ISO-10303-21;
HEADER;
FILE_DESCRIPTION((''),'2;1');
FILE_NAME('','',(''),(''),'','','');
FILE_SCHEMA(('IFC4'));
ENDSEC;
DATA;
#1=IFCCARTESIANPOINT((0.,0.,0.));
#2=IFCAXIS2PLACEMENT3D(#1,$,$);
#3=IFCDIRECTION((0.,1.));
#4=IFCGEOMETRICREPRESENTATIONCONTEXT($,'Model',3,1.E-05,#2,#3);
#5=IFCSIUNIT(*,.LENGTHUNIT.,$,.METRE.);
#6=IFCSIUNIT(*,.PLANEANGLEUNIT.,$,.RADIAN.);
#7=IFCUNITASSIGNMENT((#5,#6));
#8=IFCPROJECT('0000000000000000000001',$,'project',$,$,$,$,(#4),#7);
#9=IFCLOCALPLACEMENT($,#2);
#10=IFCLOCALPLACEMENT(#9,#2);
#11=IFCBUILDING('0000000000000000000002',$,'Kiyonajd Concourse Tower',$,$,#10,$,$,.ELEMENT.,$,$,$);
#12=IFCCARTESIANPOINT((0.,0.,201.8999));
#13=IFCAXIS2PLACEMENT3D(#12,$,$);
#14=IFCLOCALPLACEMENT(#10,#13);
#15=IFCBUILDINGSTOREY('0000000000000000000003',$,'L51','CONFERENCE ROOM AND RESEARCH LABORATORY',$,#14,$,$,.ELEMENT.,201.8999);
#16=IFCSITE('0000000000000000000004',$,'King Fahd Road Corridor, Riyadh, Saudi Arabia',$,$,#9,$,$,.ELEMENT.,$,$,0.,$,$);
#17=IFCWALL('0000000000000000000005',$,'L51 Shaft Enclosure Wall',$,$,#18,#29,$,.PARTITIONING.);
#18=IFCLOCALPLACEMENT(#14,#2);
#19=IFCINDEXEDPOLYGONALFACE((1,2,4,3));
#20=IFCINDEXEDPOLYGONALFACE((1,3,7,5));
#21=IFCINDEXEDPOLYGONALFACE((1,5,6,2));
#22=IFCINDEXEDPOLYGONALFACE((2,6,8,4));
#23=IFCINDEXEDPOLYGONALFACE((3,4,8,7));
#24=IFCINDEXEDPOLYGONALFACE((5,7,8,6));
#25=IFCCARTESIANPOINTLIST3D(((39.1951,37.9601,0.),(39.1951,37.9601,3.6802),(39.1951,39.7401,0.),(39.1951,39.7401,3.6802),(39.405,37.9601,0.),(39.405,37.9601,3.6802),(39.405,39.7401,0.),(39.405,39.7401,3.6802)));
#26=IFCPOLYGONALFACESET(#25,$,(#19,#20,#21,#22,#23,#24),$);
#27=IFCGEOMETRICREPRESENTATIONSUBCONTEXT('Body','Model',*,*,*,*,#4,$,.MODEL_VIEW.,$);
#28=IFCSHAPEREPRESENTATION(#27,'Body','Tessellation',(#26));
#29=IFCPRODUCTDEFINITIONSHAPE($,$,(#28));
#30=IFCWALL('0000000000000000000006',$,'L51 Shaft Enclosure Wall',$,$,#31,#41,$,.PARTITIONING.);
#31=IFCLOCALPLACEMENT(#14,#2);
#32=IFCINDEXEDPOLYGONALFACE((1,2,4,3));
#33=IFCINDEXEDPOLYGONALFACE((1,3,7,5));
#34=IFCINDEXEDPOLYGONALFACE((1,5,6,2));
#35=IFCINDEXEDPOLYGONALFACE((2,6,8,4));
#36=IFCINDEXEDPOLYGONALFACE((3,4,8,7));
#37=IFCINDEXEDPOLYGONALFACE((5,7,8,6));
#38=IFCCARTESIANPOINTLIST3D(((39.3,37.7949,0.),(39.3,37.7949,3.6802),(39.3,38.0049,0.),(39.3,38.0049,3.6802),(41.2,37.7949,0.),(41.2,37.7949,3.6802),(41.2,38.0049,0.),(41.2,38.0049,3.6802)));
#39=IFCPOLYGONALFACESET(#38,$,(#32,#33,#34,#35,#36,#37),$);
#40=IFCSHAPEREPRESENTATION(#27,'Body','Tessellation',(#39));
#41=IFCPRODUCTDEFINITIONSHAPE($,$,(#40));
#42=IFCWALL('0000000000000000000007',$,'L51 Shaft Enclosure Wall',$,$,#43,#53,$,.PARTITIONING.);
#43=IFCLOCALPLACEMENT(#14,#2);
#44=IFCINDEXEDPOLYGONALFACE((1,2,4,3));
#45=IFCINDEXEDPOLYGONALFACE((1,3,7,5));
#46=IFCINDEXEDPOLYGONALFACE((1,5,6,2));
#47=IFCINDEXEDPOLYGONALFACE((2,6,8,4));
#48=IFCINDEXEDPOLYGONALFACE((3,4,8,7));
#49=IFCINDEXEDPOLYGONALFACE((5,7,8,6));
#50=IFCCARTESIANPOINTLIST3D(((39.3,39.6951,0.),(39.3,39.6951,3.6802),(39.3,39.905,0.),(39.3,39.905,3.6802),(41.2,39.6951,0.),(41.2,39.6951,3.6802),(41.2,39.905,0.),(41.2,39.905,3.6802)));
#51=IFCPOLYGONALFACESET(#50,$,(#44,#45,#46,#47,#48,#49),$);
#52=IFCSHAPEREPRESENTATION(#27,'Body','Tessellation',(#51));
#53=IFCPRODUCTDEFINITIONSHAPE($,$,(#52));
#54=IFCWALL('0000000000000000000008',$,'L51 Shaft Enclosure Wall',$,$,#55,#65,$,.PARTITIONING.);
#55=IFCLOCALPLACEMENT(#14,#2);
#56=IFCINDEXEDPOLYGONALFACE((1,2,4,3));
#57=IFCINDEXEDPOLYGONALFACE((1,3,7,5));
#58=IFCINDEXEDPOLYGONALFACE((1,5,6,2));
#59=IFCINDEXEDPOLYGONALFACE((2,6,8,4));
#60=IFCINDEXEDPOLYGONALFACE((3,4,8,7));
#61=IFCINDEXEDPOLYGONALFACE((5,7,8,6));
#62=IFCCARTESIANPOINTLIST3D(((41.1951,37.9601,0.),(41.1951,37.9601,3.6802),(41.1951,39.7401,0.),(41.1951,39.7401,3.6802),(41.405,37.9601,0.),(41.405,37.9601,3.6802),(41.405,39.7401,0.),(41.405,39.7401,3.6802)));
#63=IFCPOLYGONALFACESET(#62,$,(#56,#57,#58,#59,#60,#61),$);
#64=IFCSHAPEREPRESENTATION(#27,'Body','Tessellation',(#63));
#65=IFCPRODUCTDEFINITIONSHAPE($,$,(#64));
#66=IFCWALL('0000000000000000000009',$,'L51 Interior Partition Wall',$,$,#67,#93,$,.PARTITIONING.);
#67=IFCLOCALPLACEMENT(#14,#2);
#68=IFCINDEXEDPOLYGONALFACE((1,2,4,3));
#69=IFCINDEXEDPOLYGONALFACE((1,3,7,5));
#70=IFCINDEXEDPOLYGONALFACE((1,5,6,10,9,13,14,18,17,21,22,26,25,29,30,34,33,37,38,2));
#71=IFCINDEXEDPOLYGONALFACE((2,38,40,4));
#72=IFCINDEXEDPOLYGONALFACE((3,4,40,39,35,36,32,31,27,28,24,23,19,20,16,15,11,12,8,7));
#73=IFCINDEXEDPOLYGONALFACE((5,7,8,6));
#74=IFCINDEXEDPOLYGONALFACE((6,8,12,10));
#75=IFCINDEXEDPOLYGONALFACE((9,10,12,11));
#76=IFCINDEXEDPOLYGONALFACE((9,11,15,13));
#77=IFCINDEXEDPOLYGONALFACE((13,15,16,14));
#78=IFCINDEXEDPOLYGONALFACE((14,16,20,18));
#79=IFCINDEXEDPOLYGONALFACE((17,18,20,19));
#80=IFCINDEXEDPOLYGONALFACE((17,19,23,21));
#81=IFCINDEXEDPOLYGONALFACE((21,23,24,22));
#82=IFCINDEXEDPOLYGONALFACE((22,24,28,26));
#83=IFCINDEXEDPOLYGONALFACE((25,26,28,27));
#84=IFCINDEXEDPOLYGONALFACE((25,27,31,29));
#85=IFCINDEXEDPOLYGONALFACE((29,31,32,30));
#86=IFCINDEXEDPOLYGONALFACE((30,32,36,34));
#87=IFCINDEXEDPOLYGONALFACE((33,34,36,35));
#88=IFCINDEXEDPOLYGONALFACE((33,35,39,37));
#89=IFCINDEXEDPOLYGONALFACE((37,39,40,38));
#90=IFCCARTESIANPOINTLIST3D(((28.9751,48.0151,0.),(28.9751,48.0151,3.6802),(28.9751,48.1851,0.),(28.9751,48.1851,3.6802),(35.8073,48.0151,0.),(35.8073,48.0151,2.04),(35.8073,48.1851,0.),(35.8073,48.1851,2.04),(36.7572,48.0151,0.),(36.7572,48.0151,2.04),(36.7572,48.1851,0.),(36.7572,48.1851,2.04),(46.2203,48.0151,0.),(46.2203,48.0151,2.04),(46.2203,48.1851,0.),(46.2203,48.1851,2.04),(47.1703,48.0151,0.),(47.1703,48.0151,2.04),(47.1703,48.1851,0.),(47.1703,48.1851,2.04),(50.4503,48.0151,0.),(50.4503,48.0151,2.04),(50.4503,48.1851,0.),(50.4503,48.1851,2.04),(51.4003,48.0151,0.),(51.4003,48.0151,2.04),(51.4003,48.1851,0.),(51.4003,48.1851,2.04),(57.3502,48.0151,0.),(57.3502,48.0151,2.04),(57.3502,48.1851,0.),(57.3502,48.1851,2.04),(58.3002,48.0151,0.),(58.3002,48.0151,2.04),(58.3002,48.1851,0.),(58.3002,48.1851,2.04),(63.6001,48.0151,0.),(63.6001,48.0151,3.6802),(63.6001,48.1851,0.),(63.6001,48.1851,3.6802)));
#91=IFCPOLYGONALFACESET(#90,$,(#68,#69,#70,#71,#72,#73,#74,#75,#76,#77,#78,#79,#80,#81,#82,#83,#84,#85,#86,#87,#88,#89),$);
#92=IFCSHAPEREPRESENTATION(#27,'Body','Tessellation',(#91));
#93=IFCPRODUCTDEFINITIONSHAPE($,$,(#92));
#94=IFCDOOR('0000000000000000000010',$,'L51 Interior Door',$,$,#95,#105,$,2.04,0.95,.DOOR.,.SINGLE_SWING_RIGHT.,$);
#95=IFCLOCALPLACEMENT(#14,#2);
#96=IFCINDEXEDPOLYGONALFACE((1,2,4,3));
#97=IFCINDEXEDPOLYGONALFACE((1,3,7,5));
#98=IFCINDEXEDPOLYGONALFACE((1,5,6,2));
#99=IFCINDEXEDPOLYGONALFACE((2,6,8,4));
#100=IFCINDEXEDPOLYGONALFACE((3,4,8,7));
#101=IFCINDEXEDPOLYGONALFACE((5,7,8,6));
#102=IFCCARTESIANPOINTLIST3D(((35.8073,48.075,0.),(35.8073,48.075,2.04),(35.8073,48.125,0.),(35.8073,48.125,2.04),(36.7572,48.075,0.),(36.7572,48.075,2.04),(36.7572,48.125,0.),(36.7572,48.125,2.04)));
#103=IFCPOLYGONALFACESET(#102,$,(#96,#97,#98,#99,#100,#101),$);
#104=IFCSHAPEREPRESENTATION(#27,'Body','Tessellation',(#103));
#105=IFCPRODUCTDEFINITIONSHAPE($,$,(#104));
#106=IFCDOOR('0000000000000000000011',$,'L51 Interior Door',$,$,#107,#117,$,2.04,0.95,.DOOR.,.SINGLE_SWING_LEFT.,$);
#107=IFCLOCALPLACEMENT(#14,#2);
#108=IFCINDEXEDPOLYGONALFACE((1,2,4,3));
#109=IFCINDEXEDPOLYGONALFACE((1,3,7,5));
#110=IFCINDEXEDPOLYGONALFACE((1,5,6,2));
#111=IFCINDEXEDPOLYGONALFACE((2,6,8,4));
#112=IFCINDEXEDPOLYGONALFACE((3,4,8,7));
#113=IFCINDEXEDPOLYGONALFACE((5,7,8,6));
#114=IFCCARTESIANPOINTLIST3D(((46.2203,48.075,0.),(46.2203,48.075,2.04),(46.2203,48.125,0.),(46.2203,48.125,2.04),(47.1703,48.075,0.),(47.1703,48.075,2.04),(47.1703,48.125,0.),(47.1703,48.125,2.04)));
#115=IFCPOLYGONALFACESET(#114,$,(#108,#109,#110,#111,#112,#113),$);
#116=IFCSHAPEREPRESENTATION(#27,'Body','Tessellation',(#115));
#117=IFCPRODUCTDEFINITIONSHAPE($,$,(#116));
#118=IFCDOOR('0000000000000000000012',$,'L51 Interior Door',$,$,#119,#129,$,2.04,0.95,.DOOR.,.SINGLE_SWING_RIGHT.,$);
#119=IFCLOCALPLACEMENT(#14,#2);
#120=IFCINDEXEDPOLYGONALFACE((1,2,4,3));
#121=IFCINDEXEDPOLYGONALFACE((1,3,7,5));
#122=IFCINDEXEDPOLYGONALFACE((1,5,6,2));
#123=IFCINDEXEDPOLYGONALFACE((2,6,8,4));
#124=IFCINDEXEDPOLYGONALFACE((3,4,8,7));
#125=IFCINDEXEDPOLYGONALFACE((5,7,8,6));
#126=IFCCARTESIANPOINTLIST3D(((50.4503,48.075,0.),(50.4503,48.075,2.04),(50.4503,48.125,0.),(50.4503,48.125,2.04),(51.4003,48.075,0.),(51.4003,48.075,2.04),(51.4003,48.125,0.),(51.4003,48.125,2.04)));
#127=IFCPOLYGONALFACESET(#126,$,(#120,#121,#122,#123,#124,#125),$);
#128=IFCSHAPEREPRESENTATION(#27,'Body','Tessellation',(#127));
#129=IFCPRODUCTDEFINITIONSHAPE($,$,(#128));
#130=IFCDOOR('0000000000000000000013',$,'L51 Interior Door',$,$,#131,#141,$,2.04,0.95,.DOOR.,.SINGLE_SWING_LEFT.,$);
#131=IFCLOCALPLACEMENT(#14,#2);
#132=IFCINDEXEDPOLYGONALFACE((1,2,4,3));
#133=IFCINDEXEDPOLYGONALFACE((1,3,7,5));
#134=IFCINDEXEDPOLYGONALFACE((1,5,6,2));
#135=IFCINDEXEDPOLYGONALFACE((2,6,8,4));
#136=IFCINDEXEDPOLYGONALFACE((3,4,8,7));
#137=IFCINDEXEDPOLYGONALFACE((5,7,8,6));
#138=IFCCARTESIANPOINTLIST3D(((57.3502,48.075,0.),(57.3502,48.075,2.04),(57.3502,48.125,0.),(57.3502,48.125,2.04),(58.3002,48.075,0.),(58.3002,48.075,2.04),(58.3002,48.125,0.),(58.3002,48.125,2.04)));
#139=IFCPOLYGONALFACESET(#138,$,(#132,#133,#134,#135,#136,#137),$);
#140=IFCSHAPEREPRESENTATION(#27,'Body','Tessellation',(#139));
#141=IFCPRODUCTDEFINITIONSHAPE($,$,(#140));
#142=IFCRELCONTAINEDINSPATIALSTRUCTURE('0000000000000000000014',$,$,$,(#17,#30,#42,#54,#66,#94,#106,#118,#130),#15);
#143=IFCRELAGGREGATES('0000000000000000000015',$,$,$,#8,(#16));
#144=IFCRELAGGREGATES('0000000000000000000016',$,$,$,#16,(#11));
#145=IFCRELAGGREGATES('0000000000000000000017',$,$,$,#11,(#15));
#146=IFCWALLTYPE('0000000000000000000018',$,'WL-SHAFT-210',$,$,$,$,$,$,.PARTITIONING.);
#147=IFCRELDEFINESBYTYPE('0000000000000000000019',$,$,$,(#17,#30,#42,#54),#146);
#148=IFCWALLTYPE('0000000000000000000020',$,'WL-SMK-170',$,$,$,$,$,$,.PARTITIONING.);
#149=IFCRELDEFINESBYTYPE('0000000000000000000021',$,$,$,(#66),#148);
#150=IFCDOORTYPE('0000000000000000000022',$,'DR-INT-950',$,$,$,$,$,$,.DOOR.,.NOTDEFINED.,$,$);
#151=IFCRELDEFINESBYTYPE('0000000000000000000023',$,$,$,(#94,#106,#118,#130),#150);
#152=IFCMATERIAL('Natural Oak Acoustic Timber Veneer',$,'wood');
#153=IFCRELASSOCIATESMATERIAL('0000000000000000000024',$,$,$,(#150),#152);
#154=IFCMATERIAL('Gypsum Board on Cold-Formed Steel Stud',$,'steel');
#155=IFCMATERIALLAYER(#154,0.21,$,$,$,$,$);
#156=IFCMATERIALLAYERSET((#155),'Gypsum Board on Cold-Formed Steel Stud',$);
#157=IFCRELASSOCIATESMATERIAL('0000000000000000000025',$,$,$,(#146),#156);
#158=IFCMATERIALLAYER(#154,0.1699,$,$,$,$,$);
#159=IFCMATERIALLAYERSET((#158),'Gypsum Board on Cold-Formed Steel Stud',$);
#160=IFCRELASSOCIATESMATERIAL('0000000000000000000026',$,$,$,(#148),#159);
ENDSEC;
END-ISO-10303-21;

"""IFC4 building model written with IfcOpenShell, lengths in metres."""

from ifc_helpers import new_model, si_unit, direction, frame, frame_2d, origin, place, context, subcontext, project, spatial, rectangle, extrude, material, layer, layer_set, type_object, element, fill, save


model = new_model("IFC4")

# Units and contexts
model_context = context("Model", 3, precision=1e-05, world=origin(), true_north=direction((0.0, 1.0)))
body_context = subcontext(model_context, "Body", "Model", "MODEL_VIEW")
ifc_project = project(units=[si_unit("LENGTHUNIT", "METRE"), si_unit("PLANEANGLEUNIT", "RADIAN")], contexts=[model_context])

# Site, building, storey
site_placement = place(None, origin())
site = spatial("IfcSite", under=ifc_project, at=site_placement, Name="King Fahd Road Corridor, Riyadh, Saudi Arabia", CompositionType="ELEMENT", RefElevation=0.0)
building_placement = place(site_placement, origin())
building = spatial("IfcBuilding", under=site, at=building_placement, Name="Kiyonajd Concourse Tower", CompositionType="ELEMENT")
storey_placement = place(building_placement, frame((0.0, 0.0, 201.8999)))
storey = spatial("IfcBuildingStorey", under=building, at=storey_placement, Name="L51", Description="CONFERENCE ROOM AND RESEARCH LABORATORY", CompositionType="ELEMENT", Elevation=201.8999)

# Shared definitions
ifc_material_1 = material(Name="Natural Oak Acoustic Timber Veneer", Category="wood")
door_type_1 = type_object("IfcDoorType", Name="DR-INT-950", OperationType="NOTDEFINED", PredefinedType="DOOR", material=ifc_material_1)

# Shared definitions
ifc_material_2 = material(Name="Gypsum Board on Cold-Formed Steel Stud", Category="steel")
ifc_layer_1 = layer(ifc_material_2, 0.21)
ifc_layer_set_1 = layer_set([ifc_layer_1], Name="Gypsum Board on Cold-Formed Steel Stud")
wall_type_1 = type_object("IfcWallType", Name="WL-SHAFT-210", PredefinedType="PARTITIONING", material=ifc_layer_set_1)

# Walls
wall_1_placement = place(storey_placement, frame((39.3, 37.96, 0.0), z_axis=(0.0, 0.0, 1.0), x_axis=(0.0, 1.0, 0.0)))
element("IfcWall", 1, at=wall_1_placement, inside=storey, type_object=wall_type_1, Name="L51 Shaft Enclosure Wall", PredefinedType="PARTITIONING", context=body_context, shape_type="SweptSolid", body=[
    extrude(rectangle(XDim=1.78, YDim=0.21, at=frame_2d((0.8901, 0.0))), origin(), (0.0, 0.0, 1.0), 3.6802),
])
for number, where, z_axis, x_axis, name in (
    (2, (39.3, 37.8999, 0.0), (0.0, 0.0, 1.0), (1.0, 0.0, 0.0), "L51 Shaft Enclosure Wall"),
    (3, (39.3, 39.8, 0.0), (0.0, 0.0, 1.0), (1.0, 0.0, 0.0), "L51 Shaft Enclosure Wall"),
):
    element("IfcWall", number, at=place(storey_placement, frame(where, z_axis=z_axis, x_axis=x_axis)), inside=storey, type_object=wall_type_1, Name=name, PredefinedType="PARTITIONING", context=body_context, shape_type="SweptSolid", body=[
        extrude(rectangle(XDim=1.8999, YDim=0.21, at=frame_2d((0.95, 0.0))), origin(), (0.0, 0.0, 1.0), 3.6802),
    ])
wall_2_placement = place(storey_placement, frame((41.3, 37.96, 0.0), z_axis=(0.0, 0.0, 1.0), x_axis=(0.0, 1.0, 0.0)))
element("IfcWall", 4, at=wall_2_placement, inside=storey, type_object=wall_type_1, Name="L51 Shaft Enclosure Wall", PredefinedType="PARTITIONING", context=body_context, shape_type="SweptSolid", body=[
    extrude(rectangle(XDim=1.78, YDim=0.21, at=frame_2d((0.8901, 0.0))), origin(), (0.0, 0.0, 1.0), 3.6802),
])

# Wall, openings, doors
ifc_layer_2 = layer(ifc_material_2, 0.1699)
ifc_layer_set_2 = layer_set([ifc_layer_2], Name="Gypsum Board on Cold-Formed Steel Stud")
wall_type_2 = type_object("IfcWallType", Name="WL-SMK-170", PredefinedType="PARTITIONING", material=ifc_layer_set_2)
wall_3_placement = place(storey_placement, frame((28.9751, 48.1001, 0.0), z_axis=(0.0, 0.0, 1.0), x_axis=(1.0, 0.0, 0.0)))
wall_3 = element("IfcWall", 5, at=wall_3_placement, inside=storey, type_object=wall_type_2, Name="L51 Interior Partition Wall", PredefinedType="PARTITIONING", context=body_context, shape_type="SweptSolid", body=[
    extrude(rectangle(XDim=34.625, YDim=0.1699, at=frame_2d((17.3125, 0.0))), origin(), (0.0, 0.0, 1.0), 3.6802),
])
opening_1_placement = place(wall_3_placement, frame((6.832, 0.0, 0.0)))
opening_1 = element("IfcOpeningElement", 6, at=opening_1_placement, cuts=wall_3, PredefinedType="OPENING", context=body_context, shape_type="SweptSolid", body=[
    extrude(rectangle(XDim=0.95, YDim=2.04, at=frame_2d((0.4751, 1.02))), frame((0.0, 0.095, 0.0), z_axis=(0.0, -1.0, 0.0), x_axis=(1.0, 0.0, 0.0)), (0.0, 0.0, 1.0), 0.1899),
])
opening_2_placement = place(wall_3_placement, frame((17.2451, 0.0, 0.0)))
opening_2 = element("IfcOpeningElement", 7, at=opening_2_placement, cuts=wall_3, PredefinedType="OPENING", context=body_context, shape_type="SweptSolid", body=[
    extrude(rectangle(XDim=0.95, YDim=2.04, at=frame_2d((0.4751, 1.02))), frame((0.0, 0.095, 0.0), z_axis=(0.0, -1.0, 0.0), x_axis=(1.0, 0.0, 0.0)), (0.0, 0.0, 1.0), 0.1899),
])
opening_3_placement = place(wall_3_placement, frame((21.4751, 0.0, 0.0)))
opening_3 = element("IfcOpeningElement", 8, at=opening_3_placement, cuts=wall_3, PredefinedType="OPENING", context=body_context, shape_type="SweptSolid", body=[
    extrude(rectangle(XDim=0.95, YDim=2.04, at=frame_2d((0.4751, 1.02))), frame((0.0, 0.095, 0.0), z_axis=(0.0, -1.0, 0.0), x_axis=(1.0, 0.0, 0.0)), (0.0, 0.0, 1.0), 0.1899),
])
opening_4_placement = place(wall_3_placement, frame((28.375, 0.0, 0.0)))
opening_4 = element("IfcOpeningElement", 9, at=opening_4_placement, cuts=wall_3, PredefinedType="OPENING", context=body_context, shape_type="SweptSolid", body=[
    extrude(rectangle(XDim=0.95, YDim=2.04, at=frame_2d((0.4751, 1.02))), frame((0.0, 0.095, 0.0), z_axis=(0.0, -1.0, 0.0), x_axis=(1.0, 0.0, 0.0)), (0.0, 0.0, 1.0), 0.1899),
])
door_1_placement = place(opening_1_placement, origin())
door_1 = element("IfcDoor", 10, at=door_1_placement, inside=storey, type_object=door_type_1, Name="L51 Interior Door", OperationType="SINGLE_SWING_RIGHT", OverallHeight=2.04, OverallWidth=0.95, PredefinedType="DOOR", context=body_context, shape_type="SweptSolid", body=[
    extrude(rectangle(XDim=0.95, YDim=2.04, at=frame_2d((0.4751, 1.02))), frame((0.0, 0.0249, 0.0), z_axis=(0.0, -1.0, 0.0), x_axis=(1.0, 0.0, 0.0)), (0.0, 0.0, 1.0), 0.05),
])
fill(opening_1, door_1)
door_2_placement = place(opening_2_placement, origin())
door_2 = element("IfcDoor", 11, at=door_2_placement, inside=storey, type_object=door_type_1, Name="L51 Interior Door", OperationType="SINGLE_SWING_LEFT", OverallHeight=2.04, OverallWidth=0.95, PredefinedType="DOOR", context=body_context, shape_type="SweptSolid", body=[
    extrude(rectangle(XDim=0.95, YDim=2.04, at=frame_2d((0.4751, 1.02))), frame((0.0, 0.0249, 0.0), z_axis=(0.0, -1.0, 0.0), x_axis=(1.0, 0.0, 0.0)), (0.0, 0.0, 1.0), 0.05),
])
fill(opening_2, door_2)
door_3_placement = place(opening_3_placement, origin())
door_3 = element("IfcDoor", 12, at=door_3_placement, inside=storey, type_object=door_type_1, Name="L51 Interior Door", OperationType="SINGLE_SWING_RIGHT", OverallHeight=2.04, OverallWidth=0.95, PredefinedType="DOOR", context=body_context, shape_type="SweptSolid", body=[
    extrude(rectangle(XDim=0.95, YDim=2.04, at=frame_2d((0.4751, 1.02))), frame((0.0, 0.0249, 0.0), z_axis=(0.0, -1.0, 0.0), x_axis=(1.0, 0.0, 0.0)), (0.0, 0.0, 1.0), 0.05),
])
fill(opening_3, door_3)
door_4_placement = place(opening_4_placement, origin())
door_4 = element("IfcDoor", 13, at=door_4_placement, inside=storey, type_object=door_type_1, Name="L51 Interior Door", OperationType="SINGLE_SWING_LEFT", OverallHeight=2.04, OverallWidth=0.95, PredefinedType="DOOR", context=body_context, shape_type="SweptSolid", body=[
    extrude(rectangle(XDim=0.95, YDim=2.04, at=frame_2d((0.4751, 1.02))), frame((0.0, 0.0249, 0.0), z_axis=(0.0, -1.0, 0.0), x_axis=(1.0, 0.0, 0.0)), (0.0, 0.0, 1.0), 0.05),
])
fill(opening_4, door_4)

save(model, "model.ifc")
